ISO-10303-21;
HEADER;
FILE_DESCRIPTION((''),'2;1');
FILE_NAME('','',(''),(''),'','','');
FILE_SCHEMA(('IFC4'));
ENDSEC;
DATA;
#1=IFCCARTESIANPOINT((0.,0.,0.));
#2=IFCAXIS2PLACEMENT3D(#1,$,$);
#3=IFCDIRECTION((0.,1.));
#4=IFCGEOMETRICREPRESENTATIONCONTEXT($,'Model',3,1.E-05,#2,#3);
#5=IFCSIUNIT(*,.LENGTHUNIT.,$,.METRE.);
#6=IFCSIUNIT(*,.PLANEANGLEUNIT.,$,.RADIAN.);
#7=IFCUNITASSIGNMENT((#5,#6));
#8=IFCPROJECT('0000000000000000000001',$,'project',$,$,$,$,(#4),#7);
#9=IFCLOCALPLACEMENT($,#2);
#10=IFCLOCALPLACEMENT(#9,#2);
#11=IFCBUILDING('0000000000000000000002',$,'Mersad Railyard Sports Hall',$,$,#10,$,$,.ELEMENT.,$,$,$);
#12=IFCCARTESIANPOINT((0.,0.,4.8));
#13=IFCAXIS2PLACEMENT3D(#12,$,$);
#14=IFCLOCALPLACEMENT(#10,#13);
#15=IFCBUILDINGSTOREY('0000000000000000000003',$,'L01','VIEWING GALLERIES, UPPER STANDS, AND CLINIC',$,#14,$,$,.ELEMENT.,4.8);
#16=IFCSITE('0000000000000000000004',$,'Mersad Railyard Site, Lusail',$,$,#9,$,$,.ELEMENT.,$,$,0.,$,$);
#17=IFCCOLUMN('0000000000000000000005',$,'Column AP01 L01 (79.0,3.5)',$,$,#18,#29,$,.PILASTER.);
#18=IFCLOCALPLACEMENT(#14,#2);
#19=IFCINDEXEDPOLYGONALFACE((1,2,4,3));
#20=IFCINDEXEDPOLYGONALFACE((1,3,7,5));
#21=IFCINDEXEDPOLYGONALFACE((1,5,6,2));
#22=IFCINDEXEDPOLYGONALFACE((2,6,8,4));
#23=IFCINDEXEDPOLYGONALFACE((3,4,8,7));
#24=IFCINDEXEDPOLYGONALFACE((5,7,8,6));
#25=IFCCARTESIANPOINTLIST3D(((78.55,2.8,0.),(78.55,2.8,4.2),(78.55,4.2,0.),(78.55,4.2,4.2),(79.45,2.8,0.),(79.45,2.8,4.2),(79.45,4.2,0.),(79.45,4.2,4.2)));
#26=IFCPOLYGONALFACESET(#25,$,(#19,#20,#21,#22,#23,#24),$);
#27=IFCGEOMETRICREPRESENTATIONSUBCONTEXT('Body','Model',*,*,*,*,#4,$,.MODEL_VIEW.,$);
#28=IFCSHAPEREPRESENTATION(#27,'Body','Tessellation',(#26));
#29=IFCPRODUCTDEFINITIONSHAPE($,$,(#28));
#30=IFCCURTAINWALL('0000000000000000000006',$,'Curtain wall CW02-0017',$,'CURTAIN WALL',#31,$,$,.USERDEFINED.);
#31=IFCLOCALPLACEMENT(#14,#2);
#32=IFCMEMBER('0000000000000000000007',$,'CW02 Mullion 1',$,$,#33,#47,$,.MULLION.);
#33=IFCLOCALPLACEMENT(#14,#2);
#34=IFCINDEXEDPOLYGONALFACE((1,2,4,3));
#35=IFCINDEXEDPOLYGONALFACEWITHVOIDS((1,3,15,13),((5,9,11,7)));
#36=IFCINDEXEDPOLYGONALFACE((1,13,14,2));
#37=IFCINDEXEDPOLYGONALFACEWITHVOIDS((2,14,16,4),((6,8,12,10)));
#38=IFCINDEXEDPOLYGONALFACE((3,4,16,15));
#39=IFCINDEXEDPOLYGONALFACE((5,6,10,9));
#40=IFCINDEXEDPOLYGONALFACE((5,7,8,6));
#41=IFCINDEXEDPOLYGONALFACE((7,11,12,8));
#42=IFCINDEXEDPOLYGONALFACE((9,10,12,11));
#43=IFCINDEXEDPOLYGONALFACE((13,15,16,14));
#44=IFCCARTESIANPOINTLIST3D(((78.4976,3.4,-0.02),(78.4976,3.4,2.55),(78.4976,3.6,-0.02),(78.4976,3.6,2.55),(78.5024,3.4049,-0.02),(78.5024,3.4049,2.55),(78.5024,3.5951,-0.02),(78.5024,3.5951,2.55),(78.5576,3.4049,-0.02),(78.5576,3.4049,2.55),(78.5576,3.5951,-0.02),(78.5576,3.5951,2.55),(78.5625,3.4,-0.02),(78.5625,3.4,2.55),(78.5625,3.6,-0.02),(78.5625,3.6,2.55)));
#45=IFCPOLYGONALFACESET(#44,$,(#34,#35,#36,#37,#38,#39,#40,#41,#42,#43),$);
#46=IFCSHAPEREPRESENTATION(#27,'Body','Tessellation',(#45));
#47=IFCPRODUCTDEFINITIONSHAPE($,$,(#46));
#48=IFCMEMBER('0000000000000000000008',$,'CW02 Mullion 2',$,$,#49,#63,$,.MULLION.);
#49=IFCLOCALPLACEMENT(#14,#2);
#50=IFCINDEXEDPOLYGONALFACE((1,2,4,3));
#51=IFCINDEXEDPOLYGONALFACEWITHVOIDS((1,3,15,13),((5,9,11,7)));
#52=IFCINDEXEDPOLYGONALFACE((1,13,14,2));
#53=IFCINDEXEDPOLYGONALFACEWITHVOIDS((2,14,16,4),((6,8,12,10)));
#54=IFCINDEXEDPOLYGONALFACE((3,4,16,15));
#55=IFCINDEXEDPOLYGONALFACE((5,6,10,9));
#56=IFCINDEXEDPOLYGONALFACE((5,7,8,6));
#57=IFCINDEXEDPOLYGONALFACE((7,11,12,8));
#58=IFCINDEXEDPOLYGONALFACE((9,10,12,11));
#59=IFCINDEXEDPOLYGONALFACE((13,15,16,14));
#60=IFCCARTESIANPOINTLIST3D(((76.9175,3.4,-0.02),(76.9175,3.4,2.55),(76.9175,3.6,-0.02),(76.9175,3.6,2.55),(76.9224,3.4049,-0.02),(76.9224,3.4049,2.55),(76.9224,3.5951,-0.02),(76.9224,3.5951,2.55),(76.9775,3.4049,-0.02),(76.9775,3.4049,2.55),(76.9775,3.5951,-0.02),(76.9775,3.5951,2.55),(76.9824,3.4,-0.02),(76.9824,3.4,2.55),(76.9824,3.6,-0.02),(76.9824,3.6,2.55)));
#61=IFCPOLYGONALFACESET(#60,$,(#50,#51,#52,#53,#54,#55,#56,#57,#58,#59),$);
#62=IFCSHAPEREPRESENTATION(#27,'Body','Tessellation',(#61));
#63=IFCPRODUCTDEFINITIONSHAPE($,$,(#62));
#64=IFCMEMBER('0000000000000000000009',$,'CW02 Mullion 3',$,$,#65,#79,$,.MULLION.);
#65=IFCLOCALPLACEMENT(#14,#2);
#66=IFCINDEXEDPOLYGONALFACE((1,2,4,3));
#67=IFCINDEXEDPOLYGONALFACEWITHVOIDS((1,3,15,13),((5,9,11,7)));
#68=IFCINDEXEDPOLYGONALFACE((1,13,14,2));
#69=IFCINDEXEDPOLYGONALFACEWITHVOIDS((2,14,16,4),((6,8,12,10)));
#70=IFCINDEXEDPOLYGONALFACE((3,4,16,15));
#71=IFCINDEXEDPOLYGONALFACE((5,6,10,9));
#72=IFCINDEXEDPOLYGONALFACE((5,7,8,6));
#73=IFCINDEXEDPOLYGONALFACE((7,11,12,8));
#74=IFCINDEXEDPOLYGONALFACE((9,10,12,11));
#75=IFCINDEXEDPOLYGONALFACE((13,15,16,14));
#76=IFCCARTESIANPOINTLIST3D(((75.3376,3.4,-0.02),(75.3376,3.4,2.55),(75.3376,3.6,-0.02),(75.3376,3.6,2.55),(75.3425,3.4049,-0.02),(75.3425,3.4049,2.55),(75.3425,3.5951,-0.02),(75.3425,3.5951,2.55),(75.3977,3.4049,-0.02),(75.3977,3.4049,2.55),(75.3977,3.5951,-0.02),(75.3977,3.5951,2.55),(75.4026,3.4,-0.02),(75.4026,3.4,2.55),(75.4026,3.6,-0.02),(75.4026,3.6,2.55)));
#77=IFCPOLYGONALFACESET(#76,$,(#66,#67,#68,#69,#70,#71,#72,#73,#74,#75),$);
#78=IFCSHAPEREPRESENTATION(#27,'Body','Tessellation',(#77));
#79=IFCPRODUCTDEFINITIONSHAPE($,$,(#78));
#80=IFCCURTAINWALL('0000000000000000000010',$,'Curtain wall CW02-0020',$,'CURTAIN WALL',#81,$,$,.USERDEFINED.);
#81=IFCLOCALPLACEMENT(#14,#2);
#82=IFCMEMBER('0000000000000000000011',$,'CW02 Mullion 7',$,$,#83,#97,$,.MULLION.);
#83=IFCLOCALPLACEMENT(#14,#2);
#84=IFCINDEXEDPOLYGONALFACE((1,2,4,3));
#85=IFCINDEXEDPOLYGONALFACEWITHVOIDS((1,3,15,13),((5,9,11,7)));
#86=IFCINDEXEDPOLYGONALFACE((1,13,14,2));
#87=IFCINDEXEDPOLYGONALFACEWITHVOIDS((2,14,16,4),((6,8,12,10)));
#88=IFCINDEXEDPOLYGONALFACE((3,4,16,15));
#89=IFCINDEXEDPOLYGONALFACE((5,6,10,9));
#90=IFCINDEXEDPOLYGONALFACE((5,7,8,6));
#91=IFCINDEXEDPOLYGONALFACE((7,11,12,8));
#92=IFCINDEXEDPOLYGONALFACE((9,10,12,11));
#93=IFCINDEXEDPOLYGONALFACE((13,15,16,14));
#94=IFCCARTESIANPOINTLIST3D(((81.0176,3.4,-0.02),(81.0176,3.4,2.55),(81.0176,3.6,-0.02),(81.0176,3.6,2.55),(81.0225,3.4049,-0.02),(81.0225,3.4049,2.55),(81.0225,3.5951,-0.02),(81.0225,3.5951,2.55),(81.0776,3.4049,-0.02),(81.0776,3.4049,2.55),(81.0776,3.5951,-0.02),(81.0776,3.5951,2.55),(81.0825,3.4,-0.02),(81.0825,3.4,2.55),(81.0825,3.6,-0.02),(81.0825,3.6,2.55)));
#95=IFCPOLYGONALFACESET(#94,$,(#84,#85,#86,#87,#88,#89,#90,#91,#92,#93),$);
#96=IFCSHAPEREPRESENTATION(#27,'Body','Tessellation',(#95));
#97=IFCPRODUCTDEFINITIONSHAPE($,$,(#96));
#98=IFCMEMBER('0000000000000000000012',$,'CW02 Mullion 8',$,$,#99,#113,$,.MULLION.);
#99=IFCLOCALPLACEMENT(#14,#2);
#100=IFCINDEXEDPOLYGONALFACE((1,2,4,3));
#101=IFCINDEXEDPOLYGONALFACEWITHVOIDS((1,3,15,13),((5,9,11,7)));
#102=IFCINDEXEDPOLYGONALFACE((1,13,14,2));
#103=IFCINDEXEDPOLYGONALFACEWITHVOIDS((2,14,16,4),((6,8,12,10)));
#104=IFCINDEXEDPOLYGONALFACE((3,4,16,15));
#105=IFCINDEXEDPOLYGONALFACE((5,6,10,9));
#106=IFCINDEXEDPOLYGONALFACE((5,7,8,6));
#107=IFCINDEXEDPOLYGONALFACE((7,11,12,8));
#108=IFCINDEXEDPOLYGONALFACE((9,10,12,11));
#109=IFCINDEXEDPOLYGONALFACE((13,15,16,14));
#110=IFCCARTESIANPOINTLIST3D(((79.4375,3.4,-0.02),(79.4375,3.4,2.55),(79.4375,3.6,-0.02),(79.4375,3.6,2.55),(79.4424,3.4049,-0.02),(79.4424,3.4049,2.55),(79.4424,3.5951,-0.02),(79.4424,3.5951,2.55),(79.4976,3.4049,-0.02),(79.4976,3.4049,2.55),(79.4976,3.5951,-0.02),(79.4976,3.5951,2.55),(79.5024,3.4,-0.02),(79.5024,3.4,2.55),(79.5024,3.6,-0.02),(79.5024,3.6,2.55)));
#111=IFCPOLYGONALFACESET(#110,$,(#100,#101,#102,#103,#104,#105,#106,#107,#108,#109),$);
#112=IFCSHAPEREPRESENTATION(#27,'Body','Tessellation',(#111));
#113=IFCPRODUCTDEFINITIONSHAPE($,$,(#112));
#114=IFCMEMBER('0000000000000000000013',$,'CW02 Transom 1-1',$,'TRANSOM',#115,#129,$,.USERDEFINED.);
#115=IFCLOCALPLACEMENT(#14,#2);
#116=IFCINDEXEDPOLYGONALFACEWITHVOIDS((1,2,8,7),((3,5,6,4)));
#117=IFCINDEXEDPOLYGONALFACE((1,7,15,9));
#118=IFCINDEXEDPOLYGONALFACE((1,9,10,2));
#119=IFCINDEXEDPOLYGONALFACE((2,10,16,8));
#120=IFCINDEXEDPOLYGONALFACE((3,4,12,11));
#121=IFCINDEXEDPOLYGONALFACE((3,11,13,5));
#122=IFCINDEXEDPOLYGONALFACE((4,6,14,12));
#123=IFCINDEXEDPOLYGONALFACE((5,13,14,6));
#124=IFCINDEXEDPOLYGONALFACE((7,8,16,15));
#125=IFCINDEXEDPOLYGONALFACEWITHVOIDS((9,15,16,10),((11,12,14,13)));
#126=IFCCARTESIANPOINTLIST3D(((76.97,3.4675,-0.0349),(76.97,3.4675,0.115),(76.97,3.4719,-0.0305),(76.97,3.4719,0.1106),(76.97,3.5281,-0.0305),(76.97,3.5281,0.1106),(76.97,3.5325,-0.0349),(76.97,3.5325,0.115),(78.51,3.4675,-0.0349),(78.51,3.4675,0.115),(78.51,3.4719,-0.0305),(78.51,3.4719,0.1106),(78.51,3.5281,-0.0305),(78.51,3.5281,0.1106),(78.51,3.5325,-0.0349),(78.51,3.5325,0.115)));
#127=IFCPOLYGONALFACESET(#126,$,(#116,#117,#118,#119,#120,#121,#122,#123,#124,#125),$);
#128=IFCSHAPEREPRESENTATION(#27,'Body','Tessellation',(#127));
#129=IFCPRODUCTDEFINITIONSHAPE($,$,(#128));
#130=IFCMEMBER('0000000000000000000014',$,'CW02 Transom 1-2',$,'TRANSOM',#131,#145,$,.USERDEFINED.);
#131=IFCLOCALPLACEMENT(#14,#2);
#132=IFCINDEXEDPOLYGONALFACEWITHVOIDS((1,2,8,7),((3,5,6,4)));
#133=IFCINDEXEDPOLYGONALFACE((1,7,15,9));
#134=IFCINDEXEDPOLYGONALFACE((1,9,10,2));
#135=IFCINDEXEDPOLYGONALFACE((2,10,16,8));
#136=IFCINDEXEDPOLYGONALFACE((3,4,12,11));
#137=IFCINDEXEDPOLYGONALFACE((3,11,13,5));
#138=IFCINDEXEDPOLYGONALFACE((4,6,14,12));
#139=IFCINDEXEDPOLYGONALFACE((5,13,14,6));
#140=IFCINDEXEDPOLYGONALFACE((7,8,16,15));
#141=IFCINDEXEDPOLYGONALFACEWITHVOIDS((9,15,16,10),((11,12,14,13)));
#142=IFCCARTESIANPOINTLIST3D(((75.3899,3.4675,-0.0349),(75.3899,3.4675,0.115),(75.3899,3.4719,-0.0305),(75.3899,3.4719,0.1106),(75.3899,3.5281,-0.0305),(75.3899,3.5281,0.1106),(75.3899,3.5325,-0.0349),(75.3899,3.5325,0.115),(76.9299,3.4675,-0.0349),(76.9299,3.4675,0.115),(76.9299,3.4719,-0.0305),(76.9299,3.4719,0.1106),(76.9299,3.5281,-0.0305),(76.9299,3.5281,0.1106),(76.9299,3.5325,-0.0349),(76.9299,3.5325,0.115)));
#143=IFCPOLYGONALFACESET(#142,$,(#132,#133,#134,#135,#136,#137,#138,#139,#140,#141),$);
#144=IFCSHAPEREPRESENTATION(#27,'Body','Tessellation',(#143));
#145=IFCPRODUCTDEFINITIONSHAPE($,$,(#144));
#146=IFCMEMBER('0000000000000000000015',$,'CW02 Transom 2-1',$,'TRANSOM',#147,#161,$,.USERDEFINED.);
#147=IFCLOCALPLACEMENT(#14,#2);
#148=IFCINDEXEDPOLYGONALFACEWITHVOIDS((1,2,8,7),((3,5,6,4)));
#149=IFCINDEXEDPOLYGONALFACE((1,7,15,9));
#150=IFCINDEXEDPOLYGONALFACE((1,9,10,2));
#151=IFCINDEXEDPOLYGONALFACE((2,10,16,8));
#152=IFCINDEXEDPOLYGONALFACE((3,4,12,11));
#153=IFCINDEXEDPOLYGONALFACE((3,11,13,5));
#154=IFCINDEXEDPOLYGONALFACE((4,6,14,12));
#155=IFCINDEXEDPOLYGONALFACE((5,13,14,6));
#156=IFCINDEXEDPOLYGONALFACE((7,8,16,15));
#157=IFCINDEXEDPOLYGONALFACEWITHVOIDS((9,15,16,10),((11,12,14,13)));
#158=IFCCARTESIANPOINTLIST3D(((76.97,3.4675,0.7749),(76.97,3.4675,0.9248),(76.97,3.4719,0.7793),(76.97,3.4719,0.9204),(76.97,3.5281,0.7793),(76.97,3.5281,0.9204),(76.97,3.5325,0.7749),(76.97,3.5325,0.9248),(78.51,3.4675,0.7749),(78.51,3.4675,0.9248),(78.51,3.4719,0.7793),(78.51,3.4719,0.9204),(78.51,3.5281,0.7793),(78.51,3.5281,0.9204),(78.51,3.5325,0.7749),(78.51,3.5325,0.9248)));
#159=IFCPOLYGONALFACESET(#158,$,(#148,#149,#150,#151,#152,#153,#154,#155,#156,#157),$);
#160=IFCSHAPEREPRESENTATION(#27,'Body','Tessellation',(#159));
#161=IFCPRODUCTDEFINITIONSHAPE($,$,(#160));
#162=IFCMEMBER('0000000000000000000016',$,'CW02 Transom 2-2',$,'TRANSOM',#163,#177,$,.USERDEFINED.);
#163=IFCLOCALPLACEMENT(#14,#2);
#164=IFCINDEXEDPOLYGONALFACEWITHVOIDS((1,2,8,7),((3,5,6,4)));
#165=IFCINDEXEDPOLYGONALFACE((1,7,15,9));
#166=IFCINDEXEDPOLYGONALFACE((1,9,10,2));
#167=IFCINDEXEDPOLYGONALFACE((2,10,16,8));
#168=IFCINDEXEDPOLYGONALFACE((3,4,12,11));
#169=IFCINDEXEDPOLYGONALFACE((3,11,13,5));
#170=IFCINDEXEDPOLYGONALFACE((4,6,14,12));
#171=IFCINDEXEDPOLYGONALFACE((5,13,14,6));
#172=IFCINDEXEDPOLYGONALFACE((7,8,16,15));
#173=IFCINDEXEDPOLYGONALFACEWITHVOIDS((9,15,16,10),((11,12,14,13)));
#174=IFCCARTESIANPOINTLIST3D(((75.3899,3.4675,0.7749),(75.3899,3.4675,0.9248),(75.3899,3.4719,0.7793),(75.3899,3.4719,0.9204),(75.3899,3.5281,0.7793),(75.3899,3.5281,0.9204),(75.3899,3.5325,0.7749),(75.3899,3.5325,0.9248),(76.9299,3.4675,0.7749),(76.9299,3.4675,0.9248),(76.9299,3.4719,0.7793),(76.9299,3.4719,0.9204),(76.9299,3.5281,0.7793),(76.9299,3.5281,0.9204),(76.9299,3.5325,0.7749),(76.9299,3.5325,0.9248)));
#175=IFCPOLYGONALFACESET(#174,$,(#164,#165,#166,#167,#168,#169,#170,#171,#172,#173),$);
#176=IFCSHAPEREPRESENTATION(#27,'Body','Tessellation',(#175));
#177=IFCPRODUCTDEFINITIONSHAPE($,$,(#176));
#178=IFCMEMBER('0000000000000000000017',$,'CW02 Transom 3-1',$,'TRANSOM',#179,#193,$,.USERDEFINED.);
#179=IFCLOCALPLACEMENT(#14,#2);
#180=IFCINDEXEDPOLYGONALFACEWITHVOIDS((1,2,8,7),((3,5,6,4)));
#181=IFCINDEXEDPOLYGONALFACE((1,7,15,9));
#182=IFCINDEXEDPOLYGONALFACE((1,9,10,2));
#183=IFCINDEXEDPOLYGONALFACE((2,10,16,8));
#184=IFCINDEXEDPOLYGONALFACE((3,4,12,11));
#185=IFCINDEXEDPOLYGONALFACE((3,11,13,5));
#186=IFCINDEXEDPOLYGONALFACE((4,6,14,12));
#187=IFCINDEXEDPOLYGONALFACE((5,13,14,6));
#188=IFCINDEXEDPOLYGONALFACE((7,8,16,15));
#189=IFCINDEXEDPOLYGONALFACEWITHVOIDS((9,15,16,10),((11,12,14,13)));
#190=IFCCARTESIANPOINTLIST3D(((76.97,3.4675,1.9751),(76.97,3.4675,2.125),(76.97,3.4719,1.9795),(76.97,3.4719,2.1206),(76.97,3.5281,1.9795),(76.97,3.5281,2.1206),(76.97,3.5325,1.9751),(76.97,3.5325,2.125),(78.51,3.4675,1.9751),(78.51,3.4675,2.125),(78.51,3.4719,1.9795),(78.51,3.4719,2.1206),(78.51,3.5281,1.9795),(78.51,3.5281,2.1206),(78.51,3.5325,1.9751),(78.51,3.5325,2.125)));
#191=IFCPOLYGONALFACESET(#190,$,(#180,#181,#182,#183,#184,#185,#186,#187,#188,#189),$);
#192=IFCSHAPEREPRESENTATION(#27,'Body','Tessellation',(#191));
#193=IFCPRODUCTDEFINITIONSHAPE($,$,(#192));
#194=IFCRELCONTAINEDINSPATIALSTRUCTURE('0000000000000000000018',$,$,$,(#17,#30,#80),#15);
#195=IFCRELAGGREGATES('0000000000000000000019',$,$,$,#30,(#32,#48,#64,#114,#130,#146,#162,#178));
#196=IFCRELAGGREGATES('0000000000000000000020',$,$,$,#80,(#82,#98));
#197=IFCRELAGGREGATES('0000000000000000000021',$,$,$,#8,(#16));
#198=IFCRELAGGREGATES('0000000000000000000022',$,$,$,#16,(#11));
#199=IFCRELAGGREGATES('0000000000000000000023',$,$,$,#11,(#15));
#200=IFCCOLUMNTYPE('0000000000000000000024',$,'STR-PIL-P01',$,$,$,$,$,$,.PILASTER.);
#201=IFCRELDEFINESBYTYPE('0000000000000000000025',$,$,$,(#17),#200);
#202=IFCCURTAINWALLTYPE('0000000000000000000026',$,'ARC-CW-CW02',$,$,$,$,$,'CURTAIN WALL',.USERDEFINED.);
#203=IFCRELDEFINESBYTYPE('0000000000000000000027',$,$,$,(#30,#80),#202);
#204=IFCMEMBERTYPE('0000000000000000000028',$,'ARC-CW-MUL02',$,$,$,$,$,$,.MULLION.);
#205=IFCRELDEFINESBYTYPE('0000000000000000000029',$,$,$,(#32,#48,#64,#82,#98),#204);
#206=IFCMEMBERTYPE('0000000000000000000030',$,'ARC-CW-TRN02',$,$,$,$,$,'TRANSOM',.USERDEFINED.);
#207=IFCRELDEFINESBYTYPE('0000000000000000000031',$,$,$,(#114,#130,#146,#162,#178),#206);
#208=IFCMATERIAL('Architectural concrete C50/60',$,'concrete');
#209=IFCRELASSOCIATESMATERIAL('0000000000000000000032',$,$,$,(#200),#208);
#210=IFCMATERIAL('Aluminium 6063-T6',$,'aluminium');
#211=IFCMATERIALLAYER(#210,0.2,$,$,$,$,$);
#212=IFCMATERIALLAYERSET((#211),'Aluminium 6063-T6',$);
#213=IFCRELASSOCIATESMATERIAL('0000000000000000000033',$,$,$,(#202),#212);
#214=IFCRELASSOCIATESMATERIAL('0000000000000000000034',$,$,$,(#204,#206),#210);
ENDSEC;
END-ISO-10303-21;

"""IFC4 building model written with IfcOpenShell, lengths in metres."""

from ifc_helpers import new_model, si_unit, direction, frame, origin, origin_2d, place, context, subcontext, project, spatial, rectangle, hollow_rectangle, extrude, material, layer, layer_set, material_profile, profile_set, type_object, element, aggregate, save


model = new_model("IFC4")

# Units and contexts
model_context = context("Model", 3, precision=1e-05, world=origin(), true_north=direction((0.0, 1.0)))
body_context = subcontext(model_context, "Body", "Model", "MODEL_VIEW")
ifc_project = project(units=[si_unit("LENGTHUNIT", "METRE"), si_unit("PLANEANGLEUNIT", "RADIAN")], contexts=[model_context])

# Site, building, storey
site_placement = place(None, origin())
site = spatial("IfcSite", under=ifc_project, at=site_placement, Name="Mersad Railyard Site, Lusail", CompositionType="ELEMENT", RefElevation=0.0)
building_placement = place(site_placement, origin())
building = spatial("IfcBuilding", under=site, at=building_placement, Name="Mersad Railyard Sports Hall", CompositionType="ELEMENT")
storey_placement = place(building_placement, frame((0.0, 0.0, 4.8)))
storey = spatial("IfcBuildingStorey", under=building, at=storey_placement, Name="L01", Description="VIEWING GALLERIES, UPPER STANDS, AND CLINIC", CompositionType="ELEMENT", Elevation=4.8)

# Column
ifc_material_1 = material(Name="Architectural concrete C50/60", Category="concrete")
ifc_material_profile_1 = material_profile(ifc_material_1, rectangle(XDim=0.8999, YDim=1.3999, at=origin_2d()), Name="RC 900x1400")
ifc_profile_set_1 = profile_set([ifc_material_profile_1], Name="Architectural concrete C50/60")
column_type = type_object("IfcColumnType", Name="STR-PIL-P01", PredefinedType="PILASTER", material=ifc_profile_set_1)
column_placement = place(storey_placement, frame((79.0, 3.5, 0.0), z_axis=(0.0, 0.0, 1.0), x_axis=(1.0, 0.0, 0.0)))
element("IfcColumn", 1, at=column_placement, inside=storey, type_object=column_type, Name="Column AP01 L01 (79.0,3.5)", PredefinedType="PILASTER", context=body_context, shape_type="SweptSolid", body=[
    extrude(rectangle(XDim=0.8999, YDim=1.3999, at=origin_2d()), origin(), (0.0, 0.0, 1.0), 4.2),
])

# Curtain walls, members
ifc_material_2 = material(Name="Aluminium 6063-T6", Category="aluminium")
ifc_layer_1 = layer(ifc_material_2, 0.2)
ifc_layer_set_1 = layer_set([ifc_layer_1], Name="Aluminium 6063-T6")
curtain_wall_type = type_object("IfcCurtainWallType", Name="ARC-CW-CW02", ElementType="CURTAIN WALL", PredefinedType="USERDEFINED", material=ifc_layer_set_1)
curtain_wall_1_placement = place(storey_placement, origin())
curtain_wall_1 = element("IfcCurtainWall", 2, at=curtain_wall_1_placement, inside=storey, type_object=curtain_wall_type, Name="Curtain wall CW02-0017", ObjectType="CURTAIN WALL", PredefinedType="USERDEFINED")
ifc_material_profile_2 = material_profile(ifc_material_2, hollow_rectangle(XDim=0.0649, YDim=0.2, WallThickness=0.0049, at=origin_2d()), Name="AL MULLION 65x200x5")
ifc_profile_set_2 = profile_set([ifc_material_profile_2], Name="Aluminium 6063-T6")
member_type_1 = type_object("IfcMemberType", Name="ARC-CW-MUL02", PredefinedType="MULLION", material=ifc_profile_set_2)
member_1_placement = place(storey_placement, frame((78.53, 3.5, -0.02), z_axis=(0.0, 0.0, 1.0), x_axis=(1.0, 0.0, 0.0)))
member_1 = element("IfcMember", 3, at=member_1_placement, type_object=member_type_1, Name="CW02 Mullion 1", PredefinedType="MULLION", context=body_context, shape_type="SweptSolid", body=[
    extrude(hollow_rectangle(XDim=0.0649, YDim=0.2, WallThickness=0.0049, at=origin_2d()), origin(), (0.0, 0.0, 1.0), 2.5701),
])
member_2_placement = place(storey_placement, frame((76.95, 3.5, -0.02), z_axis=(0.0, 0.0, 1.0), x_axis=(1.0, 0.0, 0.0)))
member_2 = element("IfcMember", 4, at=member_2_placement, type_object=member_type_1, Name="CW02 Mullion 2", PredefinedType="MULLION", context=body_context, shape_type="SweptSolid", body=[
    extrude(hollow_rectangle(XDim=0.0649, YDim=0.2, WallThickness=0.0049, at=origin_2d()), origin(), (0.0, 0.0, 1.0), 2.5701),
])
member_3_placement = place(storey_placement, frame((75.3701, 3.5, -0.02), z_axis=(0.0, 0.0, 1.0), x_axis=(1.0, 0.0, 0.0)))
member_3 = element("IfcMember", 5, at=member_3_placement, type_object=member_type_1, Name="CW02 Mullion 3", PredefinedType="MULLION", context=body_context, shape_type="SweptSolid", body=[
    extrude(hollow_rectangle(XDim=0.0649, YDim=0.2, WallThickness=0.0049, at=origin_2d()), origin(), (0.0, 0.0, 1.0), 2.5701),
])
curtain_wall_2_placement = place(storey_placement, origin())
curtain_wall_2 = element("IfcCurtainWall", 6, at=curtain_wall_2_placement, inside=storey, type_object=curtain_wall_type, Name="Curtain wall CW02-0020", ObjectType="CURTAIN WALL", PredefinedType="USERDEFINED")
member_4_placement = place(storey_placement, frame((81.05, 3.5, -0.02), z_axis=(0.0, 0.0, 1.0), x_axis=(1.0, 0.0, 0.0)))
member_4 = element("IfcMember", 7, at=member_4_placement, type_object=member_type_1, Name="CW02 Mullion 7", PredefinedType="MULLION", context=body_context, shape_type="SweptSolid", body=[
    extrude(hollow_rectangle(XDim=0.0649, YDim=0.2, WallThickness=0.0049, at=origin_2d()), origin(), (0.0, 0.0, 1.0), 2.5701),
])
member_5_placement = place(storey_placement, frame((79.47, 3.5, -0.02), z_axis=(0.0, 0.0, 1.0), x_axis=(1.0, 0.0, 0.0)))
member_5 = element("IfcMember", 8, at=member_5_placement, type_object=member_type_1, Name="CW02 Mullion 8", PredefinedType="MULLION", context=body_context, shape_type="SweptSolid", body=[
    extrude(hollow_rectangle(XDim=0.0649, YDim=0.2, WallThickness=0.0049, at=origin_2d()), origin(), (0.0, 0.0, 1.0), 2.5701),
])

# Members
ifc_material_profile_3 = material_profile(ifc_material_2, hollow_rectangle(XDim=0.0649, YDim=0.1499, WallThickness=0.0044, at=origin_2d()), Name="AL TRANSOM 65x150x4.5")
ifc_profile_set_3 = profile_set([ifc_material_profile_3], Name="Aluminium 6063-T6")
member_type_2 = type_object("IfcMemberType", Name="ARC-CW-TRN02", ElementType="TRANSOM", PredefinedType="USERDEFINED", material=ifc_profile_set_3)
member_6_placement = place(storey_placement, frame((78.51, 3.5, 0.04), z_axis=(-1.0, 0.0, 0.0), x_axis=(0.0, -1.0, 0.0)))
member_6 = element("IfcMember", 9, at=member_6_placement, type_object=member_type_2, Name="CW02 Transom 1-1", ObjectType="TRANSOM", PredefinedType="USERDEFINED", context=body_context, shape_type="SweptSolid", body=[
    extrude(hollow_rectangle(XDim=0.0649, YDim=0.1499, WallThickness=0.0044, at=origin_2d()), origin(), (0.0, 0.0, 1.0), 1.54),
])
member_7_placement = place(storey_placement, frame((76.9299, 3.5, 0.04), z_axis=(-1.0, 0.0, 0.0), x_axis=(0.0, -1.0, 0.0)))
member_7 = element("IfcMember", 10, at=member_7_placement, type_object=member_type_2, Name="CW02 Transom 1-2", ObjectType="TRANSOM", PredefinedType="USERDEFINED", context=body_context, shape_type="SweptSolid", body=[
    extrude(hollow_rectangle(XDim=0.0649, YDim=0.1499, WallThickness=0.0044, at=origin_2d()), origin(), (0.0, 0.0, 1.0), 1.54),
])
member_8_placement = place(storey_placement, frame((78.51, 3.5, 0.8499), z_axis=(-1.0, 0.0, 0.0), x_axis=(0.0, -1.0, 0.0)))
member_8 = element("IfcMember", 11, at=member_8_placement, type_object=member_type_2, Name="CW02 Transom 2-1", ObjectType="TRANSOM", PredefinedType="USERDEFINED", context=body_context, shape_type="SweptSolid", body=[
    extrude(hollow_rectangle(XDim=0.0649, YDim=0.1499, WallThickness=0.0044, at=origin_2d()), origin(), (0.0, 0.0, 1.0), 1.54),
])
member_9_placement = place(storey_placement, frame((76.9299, 3.5, 0.8499), z_axis=(-1.0, 0.0, 0.0), x_axis=(0.0, -1.0, 0.0)))
member_9 = element("IfcMember", 12, at=member_9_placement, type_object=member_type_2, Name="CW02 Transom 2-2", ObjectType="TRANSOM", PredefinedType="USERDEFINED", context=body_context, shape_type="SweptSolid", body=[
    extrude(hollow_rectangle(XDim=0.0649, YDim=0.1499, WallThickness=0.0044, at=origin_2d()), origin(), (0.0, 0.0, 1.0), 1.54),
])
member_10_placement = place(storey_placement, frame((78.51, 3.5, 2.05), z_axis=(-1.0, 0.0, 0.0), x_axis=(0.0, -1.0, 0.0)))
member_10 = element("IfcMember", 13, at=member_10_placement, type_object=member_type_2, Name="CW02 Transom 3-1", ObjectType="TRANSOM", PredefinedType="USERDEFINED", context=body_context, shape_type="SweptSolid", body=[
    extrude(hollow_rectangle(XDim=0.0649, YDim=0.1499, WallThickness=0.0044, at=origin_2d()), origin(), (0.0, 0.0, 1.0), 1.54),
])

aggregate(curtain_wall_1, [member_1, member_2, member_3, member_6, member_7, member_8, member_9, member_10])
aggregate(curtain_wall_2, [member_4, member_5])

save(model, "model.ifc")
